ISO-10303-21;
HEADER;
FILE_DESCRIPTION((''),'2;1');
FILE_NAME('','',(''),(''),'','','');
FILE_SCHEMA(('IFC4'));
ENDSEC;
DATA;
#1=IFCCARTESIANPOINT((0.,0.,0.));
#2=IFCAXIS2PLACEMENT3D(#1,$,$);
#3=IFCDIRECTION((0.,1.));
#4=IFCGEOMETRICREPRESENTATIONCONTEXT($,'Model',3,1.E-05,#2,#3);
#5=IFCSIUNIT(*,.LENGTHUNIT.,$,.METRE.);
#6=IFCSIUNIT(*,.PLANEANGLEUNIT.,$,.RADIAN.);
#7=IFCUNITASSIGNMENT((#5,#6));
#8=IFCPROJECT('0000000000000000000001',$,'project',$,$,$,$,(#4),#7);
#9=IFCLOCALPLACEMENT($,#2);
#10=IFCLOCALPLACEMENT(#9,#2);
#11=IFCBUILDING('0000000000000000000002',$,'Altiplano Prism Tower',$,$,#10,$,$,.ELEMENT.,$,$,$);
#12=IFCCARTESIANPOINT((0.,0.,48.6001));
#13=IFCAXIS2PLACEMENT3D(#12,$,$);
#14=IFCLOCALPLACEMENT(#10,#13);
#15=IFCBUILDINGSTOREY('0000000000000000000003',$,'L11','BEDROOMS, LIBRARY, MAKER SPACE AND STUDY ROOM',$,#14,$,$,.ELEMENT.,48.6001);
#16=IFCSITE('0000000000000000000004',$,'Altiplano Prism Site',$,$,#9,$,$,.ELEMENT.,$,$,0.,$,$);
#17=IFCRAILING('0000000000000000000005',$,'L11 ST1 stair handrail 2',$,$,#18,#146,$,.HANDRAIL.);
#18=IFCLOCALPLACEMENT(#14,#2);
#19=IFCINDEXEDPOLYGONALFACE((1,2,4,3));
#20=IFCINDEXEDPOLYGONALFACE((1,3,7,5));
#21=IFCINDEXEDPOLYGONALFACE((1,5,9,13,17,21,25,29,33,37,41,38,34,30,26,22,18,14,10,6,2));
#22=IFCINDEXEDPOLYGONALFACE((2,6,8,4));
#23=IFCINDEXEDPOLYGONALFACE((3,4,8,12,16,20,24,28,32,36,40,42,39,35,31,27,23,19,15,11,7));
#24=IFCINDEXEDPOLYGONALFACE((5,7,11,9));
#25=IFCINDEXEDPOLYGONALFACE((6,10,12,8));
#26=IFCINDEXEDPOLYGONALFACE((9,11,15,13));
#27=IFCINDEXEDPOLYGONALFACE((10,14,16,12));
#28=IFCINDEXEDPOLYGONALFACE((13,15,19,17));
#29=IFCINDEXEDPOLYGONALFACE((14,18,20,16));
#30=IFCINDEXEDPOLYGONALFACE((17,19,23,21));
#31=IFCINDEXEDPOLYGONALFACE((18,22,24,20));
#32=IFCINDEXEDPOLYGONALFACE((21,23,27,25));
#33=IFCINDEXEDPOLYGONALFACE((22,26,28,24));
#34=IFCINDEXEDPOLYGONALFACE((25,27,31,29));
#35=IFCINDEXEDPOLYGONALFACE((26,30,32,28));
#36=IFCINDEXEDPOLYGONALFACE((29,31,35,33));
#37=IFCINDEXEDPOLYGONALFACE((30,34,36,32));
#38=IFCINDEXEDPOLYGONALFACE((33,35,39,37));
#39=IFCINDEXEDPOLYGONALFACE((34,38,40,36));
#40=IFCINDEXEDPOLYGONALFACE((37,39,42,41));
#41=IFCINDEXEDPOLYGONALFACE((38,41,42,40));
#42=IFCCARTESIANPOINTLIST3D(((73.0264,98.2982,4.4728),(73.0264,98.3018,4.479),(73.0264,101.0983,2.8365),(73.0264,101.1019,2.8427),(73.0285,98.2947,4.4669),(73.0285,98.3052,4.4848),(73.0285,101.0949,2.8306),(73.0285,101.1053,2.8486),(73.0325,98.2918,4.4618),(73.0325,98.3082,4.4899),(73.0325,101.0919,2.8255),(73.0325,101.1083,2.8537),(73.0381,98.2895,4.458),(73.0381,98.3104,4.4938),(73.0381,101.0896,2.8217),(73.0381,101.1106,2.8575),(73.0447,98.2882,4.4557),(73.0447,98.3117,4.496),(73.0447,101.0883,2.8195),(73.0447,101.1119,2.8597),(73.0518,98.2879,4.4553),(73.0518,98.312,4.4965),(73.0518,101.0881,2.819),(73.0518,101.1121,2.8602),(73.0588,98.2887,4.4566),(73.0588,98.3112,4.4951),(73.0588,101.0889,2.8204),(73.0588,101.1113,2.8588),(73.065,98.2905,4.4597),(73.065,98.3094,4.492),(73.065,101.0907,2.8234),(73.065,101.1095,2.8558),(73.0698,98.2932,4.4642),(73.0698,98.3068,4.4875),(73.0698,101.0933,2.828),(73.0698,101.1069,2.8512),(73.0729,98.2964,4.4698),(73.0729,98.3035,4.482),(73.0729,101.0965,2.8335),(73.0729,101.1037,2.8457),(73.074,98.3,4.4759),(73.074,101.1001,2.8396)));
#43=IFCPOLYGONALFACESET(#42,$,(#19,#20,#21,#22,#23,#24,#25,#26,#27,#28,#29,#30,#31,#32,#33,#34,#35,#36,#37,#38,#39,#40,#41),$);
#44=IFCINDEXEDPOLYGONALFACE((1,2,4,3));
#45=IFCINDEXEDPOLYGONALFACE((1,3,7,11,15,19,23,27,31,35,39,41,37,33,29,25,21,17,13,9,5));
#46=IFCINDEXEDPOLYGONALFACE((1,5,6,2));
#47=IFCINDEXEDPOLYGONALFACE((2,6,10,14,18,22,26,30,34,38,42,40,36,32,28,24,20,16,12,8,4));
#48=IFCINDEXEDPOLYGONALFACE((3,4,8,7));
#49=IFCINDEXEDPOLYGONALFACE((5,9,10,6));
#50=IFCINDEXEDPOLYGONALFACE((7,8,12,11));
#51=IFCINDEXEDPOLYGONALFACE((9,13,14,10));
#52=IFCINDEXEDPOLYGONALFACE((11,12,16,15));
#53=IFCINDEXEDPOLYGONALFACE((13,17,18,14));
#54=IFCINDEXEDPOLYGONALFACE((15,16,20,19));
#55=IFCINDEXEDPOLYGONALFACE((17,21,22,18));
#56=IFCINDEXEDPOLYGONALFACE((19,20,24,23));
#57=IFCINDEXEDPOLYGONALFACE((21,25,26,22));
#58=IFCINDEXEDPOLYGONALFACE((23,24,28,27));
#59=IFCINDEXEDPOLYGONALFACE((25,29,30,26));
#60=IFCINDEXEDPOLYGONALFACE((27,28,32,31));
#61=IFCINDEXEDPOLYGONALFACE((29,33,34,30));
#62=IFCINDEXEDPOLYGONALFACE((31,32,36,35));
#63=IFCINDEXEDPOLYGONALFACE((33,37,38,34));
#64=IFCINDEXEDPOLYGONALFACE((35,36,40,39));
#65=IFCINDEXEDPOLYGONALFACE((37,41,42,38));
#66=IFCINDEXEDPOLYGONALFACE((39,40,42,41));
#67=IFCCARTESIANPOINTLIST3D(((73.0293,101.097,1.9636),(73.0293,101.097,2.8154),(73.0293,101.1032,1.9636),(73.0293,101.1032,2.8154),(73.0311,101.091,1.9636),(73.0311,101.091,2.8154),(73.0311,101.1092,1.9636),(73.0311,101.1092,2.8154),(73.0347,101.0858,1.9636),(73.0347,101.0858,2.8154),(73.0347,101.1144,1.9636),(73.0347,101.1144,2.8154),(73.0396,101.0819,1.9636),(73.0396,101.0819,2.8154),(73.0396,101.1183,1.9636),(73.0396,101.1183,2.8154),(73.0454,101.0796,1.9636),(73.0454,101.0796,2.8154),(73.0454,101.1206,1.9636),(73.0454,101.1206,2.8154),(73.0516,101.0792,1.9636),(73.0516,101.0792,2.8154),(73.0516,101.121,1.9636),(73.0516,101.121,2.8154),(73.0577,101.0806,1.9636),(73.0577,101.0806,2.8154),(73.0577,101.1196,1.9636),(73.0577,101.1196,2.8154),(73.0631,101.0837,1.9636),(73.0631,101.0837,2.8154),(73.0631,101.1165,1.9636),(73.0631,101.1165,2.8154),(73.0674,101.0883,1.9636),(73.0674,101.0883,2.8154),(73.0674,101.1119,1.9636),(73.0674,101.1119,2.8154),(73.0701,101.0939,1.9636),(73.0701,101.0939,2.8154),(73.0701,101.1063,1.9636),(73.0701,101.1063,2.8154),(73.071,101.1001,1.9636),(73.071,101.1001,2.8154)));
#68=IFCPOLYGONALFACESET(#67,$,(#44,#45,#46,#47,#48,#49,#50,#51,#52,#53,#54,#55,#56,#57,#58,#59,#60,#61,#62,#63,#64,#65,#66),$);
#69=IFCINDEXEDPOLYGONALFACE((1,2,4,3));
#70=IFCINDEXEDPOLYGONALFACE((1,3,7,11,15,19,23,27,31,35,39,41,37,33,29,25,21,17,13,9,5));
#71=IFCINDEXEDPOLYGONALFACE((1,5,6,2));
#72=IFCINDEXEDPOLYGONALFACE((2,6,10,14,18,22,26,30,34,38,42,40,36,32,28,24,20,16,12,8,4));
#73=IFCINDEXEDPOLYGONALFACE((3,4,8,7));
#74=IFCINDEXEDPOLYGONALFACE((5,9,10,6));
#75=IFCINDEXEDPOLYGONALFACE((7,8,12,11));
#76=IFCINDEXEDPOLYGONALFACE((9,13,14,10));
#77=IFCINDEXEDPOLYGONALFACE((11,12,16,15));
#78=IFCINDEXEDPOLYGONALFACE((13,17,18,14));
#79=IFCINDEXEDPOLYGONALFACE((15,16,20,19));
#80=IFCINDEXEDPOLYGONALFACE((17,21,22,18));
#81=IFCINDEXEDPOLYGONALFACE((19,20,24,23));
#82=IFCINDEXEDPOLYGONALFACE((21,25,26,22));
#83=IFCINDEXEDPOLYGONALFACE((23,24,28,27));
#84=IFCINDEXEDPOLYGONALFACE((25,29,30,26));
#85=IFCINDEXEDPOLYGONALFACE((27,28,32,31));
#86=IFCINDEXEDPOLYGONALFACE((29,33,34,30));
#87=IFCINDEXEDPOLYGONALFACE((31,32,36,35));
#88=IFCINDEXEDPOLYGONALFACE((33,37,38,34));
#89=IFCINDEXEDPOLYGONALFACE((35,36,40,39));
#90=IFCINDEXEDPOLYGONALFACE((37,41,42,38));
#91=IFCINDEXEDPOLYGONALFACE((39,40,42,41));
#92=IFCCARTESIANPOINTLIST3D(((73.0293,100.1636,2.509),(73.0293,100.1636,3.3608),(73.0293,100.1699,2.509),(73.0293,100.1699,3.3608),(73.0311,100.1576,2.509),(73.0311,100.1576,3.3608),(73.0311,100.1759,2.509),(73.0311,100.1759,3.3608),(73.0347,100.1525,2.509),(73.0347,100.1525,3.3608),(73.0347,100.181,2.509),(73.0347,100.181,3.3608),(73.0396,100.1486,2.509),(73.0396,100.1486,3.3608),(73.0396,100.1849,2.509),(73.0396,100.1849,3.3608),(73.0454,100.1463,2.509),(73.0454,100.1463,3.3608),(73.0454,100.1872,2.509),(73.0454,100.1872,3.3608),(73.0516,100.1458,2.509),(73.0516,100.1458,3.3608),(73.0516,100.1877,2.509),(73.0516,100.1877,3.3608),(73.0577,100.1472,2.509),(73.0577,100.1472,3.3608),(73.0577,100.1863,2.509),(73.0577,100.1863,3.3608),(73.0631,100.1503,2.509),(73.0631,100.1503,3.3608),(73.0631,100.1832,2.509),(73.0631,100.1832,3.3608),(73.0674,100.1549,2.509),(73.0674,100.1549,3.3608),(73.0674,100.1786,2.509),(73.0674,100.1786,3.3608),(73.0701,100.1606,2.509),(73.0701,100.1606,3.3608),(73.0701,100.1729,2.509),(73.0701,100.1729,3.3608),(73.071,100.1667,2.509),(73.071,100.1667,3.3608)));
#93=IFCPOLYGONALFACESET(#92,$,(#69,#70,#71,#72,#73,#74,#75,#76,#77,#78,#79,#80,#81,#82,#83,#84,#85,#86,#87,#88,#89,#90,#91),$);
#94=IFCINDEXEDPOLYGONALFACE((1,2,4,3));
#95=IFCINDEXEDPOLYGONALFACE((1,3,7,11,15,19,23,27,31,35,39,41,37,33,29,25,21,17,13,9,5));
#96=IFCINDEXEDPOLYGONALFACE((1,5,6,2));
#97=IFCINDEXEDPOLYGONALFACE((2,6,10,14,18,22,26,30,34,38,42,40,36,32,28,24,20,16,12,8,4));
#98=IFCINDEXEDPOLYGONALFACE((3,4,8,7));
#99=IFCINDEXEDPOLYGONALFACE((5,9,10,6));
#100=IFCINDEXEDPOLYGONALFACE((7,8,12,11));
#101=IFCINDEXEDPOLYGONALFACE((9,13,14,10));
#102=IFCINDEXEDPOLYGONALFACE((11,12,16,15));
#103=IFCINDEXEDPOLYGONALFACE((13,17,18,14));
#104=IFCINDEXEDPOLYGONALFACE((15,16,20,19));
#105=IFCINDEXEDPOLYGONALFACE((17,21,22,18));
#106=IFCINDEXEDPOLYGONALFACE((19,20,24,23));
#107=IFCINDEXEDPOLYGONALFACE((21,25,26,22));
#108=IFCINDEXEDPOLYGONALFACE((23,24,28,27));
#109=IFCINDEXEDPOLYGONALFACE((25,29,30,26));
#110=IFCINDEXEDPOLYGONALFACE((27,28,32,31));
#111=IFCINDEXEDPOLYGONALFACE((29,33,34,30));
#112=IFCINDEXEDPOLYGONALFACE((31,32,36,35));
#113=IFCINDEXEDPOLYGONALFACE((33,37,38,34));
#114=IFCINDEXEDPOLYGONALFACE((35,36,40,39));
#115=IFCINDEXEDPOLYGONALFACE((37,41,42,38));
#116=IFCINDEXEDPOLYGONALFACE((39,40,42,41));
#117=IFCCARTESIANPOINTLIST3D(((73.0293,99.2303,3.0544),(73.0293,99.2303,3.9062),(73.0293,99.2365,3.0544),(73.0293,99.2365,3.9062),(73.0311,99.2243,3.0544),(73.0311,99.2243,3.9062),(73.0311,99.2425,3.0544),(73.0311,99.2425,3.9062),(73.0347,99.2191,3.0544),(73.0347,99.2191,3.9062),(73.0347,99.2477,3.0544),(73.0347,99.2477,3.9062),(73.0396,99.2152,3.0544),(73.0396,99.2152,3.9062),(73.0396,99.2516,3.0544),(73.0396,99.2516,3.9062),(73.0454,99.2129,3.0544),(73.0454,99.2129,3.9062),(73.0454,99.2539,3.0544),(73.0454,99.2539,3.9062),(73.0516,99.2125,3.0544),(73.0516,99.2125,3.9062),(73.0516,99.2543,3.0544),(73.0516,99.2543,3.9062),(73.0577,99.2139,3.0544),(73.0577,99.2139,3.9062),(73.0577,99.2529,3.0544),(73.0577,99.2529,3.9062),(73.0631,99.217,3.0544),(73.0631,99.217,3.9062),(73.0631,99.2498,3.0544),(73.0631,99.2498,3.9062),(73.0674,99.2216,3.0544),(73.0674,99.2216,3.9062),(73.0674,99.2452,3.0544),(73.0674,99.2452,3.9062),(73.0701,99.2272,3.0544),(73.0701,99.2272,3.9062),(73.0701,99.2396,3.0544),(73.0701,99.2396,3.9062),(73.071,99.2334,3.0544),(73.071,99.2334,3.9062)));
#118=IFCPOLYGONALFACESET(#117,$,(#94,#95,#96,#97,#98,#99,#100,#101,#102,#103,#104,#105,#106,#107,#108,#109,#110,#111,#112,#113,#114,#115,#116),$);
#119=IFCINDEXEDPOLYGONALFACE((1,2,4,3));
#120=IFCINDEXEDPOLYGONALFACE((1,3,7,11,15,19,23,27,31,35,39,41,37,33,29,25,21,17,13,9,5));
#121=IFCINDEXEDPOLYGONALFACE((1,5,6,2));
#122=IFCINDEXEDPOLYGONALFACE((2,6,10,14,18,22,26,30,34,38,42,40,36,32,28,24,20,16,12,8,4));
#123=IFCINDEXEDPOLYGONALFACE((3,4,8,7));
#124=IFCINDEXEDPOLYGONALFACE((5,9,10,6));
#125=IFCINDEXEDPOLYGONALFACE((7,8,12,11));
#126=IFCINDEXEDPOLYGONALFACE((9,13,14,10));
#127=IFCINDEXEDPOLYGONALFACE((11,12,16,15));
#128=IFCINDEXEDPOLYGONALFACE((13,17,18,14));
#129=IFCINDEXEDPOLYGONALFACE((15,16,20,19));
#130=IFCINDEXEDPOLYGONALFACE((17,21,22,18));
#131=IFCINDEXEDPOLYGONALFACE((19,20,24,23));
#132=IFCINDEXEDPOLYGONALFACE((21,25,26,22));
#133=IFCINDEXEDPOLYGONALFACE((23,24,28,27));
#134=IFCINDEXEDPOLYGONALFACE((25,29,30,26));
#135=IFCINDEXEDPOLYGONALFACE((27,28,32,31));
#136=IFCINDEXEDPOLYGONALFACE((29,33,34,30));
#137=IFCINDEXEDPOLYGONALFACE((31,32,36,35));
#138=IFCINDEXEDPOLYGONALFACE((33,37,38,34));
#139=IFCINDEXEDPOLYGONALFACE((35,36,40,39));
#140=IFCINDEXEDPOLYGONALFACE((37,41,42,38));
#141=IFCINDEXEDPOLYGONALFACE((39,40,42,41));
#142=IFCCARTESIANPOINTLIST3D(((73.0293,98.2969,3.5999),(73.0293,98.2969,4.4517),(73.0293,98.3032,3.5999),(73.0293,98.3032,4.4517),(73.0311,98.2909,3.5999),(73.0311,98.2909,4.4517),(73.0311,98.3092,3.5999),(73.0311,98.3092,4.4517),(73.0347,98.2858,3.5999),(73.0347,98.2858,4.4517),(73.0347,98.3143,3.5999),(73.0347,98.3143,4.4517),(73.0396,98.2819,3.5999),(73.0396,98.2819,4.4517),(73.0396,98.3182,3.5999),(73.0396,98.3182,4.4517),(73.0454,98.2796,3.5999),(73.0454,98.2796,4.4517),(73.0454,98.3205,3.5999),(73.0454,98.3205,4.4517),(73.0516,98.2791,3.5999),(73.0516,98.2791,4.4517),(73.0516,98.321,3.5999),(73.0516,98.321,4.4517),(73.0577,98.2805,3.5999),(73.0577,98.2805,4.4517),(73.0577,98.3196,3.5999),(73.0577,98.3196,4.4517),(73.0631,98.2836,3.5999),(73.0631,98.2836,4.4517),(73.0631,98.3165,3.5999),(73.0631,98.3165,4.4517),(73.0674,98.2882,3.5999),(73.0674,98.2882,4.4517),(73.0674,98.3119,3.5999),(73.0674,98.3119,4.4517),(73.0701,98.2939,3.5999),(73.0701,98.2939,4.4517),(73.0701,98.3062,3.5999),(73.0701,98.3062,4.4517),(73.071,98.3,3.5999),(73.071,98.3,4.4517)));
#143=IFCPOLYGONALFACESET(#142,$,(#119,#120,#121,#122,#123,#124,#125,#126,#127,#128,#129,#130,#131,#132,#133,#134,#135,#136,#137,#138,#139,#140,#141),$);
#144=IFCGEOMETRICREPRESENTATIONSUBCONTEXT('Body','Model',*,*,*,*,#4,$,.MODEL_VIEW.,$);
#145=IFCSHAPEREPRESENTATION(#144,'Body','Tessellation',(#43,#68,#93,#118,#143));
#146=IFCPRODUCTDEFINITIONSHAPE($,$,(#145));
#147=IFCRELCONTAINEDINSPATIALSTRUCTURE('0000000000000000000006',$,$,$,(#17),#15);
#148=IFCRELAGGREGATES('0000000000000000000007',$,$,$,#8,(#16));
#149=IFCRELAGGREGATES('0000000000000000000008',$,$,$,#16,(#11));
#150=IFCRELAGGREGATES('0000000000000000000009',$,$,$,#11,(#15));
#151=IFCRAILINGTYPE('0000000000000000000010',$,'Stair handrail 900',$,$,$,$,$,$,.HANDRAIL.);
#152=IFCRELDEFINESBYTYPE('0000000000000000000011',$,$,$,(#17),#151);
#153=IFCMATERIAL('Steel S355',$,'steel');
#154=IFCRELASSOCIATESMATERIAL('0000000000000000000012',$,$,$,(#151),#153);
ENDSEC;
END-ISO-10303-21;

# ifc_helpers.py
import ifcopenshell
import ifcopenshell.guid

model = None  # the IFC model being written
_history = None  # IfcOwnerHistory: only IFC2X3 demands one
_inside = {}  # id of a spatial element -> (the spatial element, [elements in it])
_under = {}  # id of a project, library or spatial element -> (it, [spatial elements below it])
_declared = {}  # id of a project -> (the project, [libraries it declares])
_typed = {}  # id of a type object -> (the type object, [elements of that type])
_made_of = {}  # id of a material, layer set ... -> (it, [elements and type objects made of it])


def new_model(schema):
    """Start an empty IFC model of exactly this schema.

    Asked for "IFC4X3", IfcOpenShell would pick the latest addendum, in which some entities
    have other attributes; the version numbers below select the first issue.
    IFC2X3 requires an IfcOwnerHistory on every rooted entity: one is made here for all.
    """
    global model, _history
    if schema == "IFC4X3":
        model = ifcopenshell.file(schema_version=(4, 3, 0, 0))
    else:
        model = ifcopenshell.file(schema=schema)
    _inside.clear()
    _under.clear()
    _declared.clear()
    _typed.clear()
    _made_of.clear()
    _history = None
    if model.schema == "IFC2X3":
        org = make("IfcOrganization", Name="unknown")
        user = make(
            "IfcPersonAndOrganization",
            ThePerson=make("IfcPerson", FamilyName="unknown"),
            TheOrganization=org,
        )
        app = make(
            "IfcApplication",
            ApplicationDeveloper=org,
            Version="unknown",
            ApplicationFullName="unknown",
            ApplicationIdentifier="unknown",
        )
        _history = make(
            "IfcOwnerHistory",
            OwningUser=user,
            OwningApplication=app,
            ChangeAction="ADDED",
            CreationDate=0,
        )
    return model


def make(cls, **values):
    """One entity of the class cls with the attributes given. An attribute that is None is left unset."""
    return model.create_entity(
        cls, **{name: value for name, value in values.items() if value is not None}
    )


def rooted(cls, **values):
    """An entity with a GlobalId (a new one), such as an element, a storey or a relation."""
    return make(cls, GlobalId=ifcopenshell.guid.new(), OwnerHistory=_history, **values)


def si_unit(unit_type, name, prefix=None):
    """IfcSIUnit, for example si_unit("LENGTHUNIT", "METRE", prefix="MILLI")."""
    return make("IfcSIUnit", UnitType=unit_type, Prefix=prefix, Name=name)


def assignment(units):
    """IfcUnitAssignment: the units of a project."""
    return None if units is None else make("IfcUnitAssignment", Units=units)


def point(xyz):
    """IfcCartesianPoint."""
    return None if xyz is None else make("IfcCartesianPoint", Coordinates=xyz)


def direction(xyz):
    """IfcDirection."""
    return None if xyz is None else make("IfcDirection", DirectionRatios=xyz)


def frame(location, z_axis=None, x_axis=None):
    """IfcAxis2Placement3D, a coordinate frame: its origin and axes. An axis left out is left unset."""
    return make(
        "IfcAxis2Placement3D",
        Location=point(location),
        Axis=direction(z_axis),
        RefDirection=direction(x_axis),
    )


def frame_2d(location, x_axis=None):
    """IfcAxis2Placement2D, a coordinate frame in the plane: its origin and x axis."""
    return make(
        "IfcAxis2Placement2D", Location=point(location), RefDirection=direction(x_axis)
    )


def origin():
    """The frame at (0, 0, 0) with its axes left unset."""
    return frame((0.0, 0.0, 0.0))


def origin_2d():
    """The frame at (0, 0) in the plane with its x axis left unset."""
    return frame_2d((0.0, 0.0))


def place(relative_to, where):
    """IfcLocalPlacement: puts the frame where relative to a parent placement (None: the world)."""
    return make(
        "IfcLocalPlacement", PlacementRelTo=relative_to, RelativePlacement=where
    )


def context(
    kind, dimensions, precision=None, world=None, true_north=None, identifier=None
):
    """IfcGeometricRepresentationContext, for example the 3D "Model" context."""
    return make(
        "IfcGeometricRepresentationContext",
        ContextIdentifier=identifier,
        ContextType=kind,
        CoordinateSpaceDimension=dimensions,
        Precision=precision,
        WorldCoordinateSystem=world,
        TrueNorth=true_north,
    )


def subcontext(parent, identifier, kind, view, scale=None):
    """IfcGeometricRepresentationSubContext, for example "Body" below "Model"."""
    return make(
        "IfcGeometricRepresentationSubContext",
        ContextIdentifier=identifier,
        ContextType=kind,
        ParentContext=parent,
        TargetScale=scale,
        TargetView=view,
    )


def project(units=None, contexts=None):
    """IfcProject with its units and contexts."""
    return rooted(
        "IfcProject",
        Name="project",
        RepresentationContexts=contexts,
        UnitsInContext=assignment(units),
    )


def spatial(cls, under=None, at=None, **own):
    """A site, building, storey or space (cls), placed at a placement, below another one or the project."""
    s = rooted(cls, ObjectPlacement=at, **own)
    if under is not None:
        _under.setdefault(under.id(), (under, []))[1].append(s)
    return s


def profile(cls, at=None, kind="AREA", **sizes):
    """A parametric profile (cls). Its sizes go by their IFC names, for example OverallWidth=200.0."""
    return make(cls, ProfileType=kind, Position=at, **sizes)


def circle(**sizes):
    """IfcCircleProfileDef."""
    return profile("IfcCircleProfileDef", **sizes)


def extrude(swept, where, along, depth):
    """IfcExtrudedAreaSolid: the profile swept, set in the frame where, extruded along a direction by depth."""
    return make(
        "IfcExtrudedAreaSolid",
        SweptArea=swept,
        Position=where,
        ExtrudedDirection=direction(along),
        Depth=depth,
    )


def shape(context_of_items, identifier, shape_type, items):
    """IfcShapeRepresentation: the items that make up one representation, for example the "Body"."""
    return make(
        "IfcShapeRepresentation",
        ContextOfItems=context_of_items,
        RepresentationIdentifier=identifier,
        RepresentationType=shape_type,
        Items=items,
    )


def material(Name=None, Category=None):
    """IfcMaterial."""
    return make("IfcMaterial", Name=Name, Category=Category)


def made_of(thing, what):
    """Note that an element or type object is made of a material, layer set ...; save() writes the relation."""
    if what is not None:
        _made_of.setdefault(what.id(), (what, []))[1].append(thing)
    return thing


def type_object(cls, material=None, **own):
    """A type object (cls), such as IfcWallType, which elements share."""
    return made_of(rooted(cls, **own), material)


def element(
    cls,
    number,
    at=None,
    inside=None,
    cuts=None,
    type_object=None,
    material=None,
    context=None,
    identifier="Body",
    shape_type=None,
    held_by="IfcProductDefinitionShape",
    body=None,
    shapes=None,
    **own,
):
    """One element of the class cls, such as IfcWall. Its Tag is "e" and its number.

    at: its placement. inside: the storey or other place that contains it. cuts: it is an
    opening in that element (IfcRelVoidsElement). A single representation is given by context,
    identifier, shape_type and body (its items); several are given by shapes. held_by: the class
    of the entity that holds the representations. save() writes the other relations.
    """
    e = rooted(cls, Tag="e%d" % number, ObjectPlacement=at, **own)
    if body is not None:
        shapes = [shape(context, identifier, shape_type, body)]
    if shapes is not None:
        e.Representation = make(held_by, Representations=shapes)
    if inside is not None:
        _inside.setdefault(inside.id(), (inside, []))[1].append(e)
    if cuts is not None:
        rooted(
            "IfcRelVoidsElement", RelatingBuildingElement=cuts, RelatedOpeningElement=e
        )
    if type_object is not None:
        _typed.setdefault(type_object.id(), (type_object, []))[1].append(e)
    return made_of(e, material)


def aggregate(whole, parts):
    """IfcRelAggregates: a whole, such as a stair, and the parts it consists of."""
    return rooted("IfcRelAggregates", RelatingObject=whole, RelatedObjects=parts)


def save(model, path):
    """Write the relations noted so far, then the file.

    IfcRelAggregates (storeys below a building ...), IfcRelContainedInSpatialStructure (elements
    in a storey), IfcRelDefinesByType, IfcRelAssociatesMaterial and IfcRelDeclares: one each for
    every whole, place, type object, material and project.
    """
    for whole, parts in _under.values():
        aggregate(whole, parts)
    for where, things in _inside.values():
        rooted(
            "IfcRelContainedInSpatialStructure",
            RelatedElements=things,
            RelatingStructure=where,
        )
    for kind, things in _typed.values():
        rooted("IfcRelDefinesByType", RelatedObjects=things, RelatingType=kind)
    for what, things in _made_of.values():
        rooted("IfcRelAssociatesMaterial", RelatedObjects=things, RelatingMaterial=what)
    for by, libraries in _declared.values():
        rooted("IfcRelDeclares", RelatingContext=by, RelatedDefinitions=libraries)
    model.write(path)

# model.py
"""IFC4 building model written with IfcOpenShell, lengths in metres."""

from ifc_helpers import new_model, si_unit, direction, frame, origin, origin_2d, place, context, subcontext, project, spatial, circle, extrude, material, type_object, element, save


model = new_model("IFC4")

# Units and contexts
model_context = context("Model", 3, precision=1e-05, world=origin(), true_north=direction((0.0, 1.0)))
body_context = subcontext(model_context, "Body", "Model", "MODEL_VIEW")
ifc_project = project(units=[si_unit("LENGTHUNIT", "METRE"), si_unit("PLANEANGLEUNIT", "RADIAN")], contexts=[model_context])

# Site, building, storey
site_placement = place(None, origin())
site = spatial("IfcSite", under=ifc_project, at=site_placement, Name="Altiplano Prism Site", CompositionType="ELEMENT", RefElevation=0.0)
building_placement = place(site_placement, origin())
building = spatial("IfcBuilding", under=site, at=building_placement, Name="Altiplano Prism Tower", CompositionType="ELEMENT")
storey_placement = place(building_placement, frame((0.0, 0.0, 48.6001)))
storey = spatial("IfcBuildingStorey", under=building, at=storey_placement, Name="L11", Description="BEDROOMS, LIBRARY, MAKER SPACE AND STUDY ROOM", CompositionType="ELEMENT", Elevation=48.6001)

# Railing
ifc_material_1 = material(Name="Steel S355", Category="steel")
railing_type = type_object("IfcRailingType", Name="Stair handrail 900", PredefinedType="HANDRAIL", material=ifc_material_1)
railing_placement = place(storey_placement, frame((73.05, 101.1001, 1.9636)))
element("IfcRailing", 1, at=railing_placement, inside=storey, type_object=railing_type, Name="L11 ST1 stair handrail 2", PredefinedType="HANDRAIL", context=body_context, shape_type="SweptSolid", body=[
    extrude(circle(Radius=0.0239, at=origin_2d()), frame((0.0, 0.0, 0.876), z_axis=(0.0, -0.863394, 0.504531), x_axis=(1.0, 0.0, 0.0)), (0.0, 0.0, 1.0), 3.2432),
    extrude(circle(Radius=0.021, at=origin_2d()), origin(), (0.0, 0.0, 1.0), 0.8518),
    extrude(circle(Radius=0.021, at=origin_2d()), frame((0.0, -0.9333, 0.5454)), (0.0, 0.0, 1.0), 0.8518),
    extrude(circle(Radius=0.021, at=origin_2d()), frame((0.0, -1.8667, 1.0908)), (0.0, 0.0, 1.0), 0.8518),
    extrude(circle(Radius=0.021, at=origin_2d()), frame((0.0, -2.8, 1.6362)), (0.0, 0.0, 1.0), 0.8518),
])

save(model, "model.ifc")
